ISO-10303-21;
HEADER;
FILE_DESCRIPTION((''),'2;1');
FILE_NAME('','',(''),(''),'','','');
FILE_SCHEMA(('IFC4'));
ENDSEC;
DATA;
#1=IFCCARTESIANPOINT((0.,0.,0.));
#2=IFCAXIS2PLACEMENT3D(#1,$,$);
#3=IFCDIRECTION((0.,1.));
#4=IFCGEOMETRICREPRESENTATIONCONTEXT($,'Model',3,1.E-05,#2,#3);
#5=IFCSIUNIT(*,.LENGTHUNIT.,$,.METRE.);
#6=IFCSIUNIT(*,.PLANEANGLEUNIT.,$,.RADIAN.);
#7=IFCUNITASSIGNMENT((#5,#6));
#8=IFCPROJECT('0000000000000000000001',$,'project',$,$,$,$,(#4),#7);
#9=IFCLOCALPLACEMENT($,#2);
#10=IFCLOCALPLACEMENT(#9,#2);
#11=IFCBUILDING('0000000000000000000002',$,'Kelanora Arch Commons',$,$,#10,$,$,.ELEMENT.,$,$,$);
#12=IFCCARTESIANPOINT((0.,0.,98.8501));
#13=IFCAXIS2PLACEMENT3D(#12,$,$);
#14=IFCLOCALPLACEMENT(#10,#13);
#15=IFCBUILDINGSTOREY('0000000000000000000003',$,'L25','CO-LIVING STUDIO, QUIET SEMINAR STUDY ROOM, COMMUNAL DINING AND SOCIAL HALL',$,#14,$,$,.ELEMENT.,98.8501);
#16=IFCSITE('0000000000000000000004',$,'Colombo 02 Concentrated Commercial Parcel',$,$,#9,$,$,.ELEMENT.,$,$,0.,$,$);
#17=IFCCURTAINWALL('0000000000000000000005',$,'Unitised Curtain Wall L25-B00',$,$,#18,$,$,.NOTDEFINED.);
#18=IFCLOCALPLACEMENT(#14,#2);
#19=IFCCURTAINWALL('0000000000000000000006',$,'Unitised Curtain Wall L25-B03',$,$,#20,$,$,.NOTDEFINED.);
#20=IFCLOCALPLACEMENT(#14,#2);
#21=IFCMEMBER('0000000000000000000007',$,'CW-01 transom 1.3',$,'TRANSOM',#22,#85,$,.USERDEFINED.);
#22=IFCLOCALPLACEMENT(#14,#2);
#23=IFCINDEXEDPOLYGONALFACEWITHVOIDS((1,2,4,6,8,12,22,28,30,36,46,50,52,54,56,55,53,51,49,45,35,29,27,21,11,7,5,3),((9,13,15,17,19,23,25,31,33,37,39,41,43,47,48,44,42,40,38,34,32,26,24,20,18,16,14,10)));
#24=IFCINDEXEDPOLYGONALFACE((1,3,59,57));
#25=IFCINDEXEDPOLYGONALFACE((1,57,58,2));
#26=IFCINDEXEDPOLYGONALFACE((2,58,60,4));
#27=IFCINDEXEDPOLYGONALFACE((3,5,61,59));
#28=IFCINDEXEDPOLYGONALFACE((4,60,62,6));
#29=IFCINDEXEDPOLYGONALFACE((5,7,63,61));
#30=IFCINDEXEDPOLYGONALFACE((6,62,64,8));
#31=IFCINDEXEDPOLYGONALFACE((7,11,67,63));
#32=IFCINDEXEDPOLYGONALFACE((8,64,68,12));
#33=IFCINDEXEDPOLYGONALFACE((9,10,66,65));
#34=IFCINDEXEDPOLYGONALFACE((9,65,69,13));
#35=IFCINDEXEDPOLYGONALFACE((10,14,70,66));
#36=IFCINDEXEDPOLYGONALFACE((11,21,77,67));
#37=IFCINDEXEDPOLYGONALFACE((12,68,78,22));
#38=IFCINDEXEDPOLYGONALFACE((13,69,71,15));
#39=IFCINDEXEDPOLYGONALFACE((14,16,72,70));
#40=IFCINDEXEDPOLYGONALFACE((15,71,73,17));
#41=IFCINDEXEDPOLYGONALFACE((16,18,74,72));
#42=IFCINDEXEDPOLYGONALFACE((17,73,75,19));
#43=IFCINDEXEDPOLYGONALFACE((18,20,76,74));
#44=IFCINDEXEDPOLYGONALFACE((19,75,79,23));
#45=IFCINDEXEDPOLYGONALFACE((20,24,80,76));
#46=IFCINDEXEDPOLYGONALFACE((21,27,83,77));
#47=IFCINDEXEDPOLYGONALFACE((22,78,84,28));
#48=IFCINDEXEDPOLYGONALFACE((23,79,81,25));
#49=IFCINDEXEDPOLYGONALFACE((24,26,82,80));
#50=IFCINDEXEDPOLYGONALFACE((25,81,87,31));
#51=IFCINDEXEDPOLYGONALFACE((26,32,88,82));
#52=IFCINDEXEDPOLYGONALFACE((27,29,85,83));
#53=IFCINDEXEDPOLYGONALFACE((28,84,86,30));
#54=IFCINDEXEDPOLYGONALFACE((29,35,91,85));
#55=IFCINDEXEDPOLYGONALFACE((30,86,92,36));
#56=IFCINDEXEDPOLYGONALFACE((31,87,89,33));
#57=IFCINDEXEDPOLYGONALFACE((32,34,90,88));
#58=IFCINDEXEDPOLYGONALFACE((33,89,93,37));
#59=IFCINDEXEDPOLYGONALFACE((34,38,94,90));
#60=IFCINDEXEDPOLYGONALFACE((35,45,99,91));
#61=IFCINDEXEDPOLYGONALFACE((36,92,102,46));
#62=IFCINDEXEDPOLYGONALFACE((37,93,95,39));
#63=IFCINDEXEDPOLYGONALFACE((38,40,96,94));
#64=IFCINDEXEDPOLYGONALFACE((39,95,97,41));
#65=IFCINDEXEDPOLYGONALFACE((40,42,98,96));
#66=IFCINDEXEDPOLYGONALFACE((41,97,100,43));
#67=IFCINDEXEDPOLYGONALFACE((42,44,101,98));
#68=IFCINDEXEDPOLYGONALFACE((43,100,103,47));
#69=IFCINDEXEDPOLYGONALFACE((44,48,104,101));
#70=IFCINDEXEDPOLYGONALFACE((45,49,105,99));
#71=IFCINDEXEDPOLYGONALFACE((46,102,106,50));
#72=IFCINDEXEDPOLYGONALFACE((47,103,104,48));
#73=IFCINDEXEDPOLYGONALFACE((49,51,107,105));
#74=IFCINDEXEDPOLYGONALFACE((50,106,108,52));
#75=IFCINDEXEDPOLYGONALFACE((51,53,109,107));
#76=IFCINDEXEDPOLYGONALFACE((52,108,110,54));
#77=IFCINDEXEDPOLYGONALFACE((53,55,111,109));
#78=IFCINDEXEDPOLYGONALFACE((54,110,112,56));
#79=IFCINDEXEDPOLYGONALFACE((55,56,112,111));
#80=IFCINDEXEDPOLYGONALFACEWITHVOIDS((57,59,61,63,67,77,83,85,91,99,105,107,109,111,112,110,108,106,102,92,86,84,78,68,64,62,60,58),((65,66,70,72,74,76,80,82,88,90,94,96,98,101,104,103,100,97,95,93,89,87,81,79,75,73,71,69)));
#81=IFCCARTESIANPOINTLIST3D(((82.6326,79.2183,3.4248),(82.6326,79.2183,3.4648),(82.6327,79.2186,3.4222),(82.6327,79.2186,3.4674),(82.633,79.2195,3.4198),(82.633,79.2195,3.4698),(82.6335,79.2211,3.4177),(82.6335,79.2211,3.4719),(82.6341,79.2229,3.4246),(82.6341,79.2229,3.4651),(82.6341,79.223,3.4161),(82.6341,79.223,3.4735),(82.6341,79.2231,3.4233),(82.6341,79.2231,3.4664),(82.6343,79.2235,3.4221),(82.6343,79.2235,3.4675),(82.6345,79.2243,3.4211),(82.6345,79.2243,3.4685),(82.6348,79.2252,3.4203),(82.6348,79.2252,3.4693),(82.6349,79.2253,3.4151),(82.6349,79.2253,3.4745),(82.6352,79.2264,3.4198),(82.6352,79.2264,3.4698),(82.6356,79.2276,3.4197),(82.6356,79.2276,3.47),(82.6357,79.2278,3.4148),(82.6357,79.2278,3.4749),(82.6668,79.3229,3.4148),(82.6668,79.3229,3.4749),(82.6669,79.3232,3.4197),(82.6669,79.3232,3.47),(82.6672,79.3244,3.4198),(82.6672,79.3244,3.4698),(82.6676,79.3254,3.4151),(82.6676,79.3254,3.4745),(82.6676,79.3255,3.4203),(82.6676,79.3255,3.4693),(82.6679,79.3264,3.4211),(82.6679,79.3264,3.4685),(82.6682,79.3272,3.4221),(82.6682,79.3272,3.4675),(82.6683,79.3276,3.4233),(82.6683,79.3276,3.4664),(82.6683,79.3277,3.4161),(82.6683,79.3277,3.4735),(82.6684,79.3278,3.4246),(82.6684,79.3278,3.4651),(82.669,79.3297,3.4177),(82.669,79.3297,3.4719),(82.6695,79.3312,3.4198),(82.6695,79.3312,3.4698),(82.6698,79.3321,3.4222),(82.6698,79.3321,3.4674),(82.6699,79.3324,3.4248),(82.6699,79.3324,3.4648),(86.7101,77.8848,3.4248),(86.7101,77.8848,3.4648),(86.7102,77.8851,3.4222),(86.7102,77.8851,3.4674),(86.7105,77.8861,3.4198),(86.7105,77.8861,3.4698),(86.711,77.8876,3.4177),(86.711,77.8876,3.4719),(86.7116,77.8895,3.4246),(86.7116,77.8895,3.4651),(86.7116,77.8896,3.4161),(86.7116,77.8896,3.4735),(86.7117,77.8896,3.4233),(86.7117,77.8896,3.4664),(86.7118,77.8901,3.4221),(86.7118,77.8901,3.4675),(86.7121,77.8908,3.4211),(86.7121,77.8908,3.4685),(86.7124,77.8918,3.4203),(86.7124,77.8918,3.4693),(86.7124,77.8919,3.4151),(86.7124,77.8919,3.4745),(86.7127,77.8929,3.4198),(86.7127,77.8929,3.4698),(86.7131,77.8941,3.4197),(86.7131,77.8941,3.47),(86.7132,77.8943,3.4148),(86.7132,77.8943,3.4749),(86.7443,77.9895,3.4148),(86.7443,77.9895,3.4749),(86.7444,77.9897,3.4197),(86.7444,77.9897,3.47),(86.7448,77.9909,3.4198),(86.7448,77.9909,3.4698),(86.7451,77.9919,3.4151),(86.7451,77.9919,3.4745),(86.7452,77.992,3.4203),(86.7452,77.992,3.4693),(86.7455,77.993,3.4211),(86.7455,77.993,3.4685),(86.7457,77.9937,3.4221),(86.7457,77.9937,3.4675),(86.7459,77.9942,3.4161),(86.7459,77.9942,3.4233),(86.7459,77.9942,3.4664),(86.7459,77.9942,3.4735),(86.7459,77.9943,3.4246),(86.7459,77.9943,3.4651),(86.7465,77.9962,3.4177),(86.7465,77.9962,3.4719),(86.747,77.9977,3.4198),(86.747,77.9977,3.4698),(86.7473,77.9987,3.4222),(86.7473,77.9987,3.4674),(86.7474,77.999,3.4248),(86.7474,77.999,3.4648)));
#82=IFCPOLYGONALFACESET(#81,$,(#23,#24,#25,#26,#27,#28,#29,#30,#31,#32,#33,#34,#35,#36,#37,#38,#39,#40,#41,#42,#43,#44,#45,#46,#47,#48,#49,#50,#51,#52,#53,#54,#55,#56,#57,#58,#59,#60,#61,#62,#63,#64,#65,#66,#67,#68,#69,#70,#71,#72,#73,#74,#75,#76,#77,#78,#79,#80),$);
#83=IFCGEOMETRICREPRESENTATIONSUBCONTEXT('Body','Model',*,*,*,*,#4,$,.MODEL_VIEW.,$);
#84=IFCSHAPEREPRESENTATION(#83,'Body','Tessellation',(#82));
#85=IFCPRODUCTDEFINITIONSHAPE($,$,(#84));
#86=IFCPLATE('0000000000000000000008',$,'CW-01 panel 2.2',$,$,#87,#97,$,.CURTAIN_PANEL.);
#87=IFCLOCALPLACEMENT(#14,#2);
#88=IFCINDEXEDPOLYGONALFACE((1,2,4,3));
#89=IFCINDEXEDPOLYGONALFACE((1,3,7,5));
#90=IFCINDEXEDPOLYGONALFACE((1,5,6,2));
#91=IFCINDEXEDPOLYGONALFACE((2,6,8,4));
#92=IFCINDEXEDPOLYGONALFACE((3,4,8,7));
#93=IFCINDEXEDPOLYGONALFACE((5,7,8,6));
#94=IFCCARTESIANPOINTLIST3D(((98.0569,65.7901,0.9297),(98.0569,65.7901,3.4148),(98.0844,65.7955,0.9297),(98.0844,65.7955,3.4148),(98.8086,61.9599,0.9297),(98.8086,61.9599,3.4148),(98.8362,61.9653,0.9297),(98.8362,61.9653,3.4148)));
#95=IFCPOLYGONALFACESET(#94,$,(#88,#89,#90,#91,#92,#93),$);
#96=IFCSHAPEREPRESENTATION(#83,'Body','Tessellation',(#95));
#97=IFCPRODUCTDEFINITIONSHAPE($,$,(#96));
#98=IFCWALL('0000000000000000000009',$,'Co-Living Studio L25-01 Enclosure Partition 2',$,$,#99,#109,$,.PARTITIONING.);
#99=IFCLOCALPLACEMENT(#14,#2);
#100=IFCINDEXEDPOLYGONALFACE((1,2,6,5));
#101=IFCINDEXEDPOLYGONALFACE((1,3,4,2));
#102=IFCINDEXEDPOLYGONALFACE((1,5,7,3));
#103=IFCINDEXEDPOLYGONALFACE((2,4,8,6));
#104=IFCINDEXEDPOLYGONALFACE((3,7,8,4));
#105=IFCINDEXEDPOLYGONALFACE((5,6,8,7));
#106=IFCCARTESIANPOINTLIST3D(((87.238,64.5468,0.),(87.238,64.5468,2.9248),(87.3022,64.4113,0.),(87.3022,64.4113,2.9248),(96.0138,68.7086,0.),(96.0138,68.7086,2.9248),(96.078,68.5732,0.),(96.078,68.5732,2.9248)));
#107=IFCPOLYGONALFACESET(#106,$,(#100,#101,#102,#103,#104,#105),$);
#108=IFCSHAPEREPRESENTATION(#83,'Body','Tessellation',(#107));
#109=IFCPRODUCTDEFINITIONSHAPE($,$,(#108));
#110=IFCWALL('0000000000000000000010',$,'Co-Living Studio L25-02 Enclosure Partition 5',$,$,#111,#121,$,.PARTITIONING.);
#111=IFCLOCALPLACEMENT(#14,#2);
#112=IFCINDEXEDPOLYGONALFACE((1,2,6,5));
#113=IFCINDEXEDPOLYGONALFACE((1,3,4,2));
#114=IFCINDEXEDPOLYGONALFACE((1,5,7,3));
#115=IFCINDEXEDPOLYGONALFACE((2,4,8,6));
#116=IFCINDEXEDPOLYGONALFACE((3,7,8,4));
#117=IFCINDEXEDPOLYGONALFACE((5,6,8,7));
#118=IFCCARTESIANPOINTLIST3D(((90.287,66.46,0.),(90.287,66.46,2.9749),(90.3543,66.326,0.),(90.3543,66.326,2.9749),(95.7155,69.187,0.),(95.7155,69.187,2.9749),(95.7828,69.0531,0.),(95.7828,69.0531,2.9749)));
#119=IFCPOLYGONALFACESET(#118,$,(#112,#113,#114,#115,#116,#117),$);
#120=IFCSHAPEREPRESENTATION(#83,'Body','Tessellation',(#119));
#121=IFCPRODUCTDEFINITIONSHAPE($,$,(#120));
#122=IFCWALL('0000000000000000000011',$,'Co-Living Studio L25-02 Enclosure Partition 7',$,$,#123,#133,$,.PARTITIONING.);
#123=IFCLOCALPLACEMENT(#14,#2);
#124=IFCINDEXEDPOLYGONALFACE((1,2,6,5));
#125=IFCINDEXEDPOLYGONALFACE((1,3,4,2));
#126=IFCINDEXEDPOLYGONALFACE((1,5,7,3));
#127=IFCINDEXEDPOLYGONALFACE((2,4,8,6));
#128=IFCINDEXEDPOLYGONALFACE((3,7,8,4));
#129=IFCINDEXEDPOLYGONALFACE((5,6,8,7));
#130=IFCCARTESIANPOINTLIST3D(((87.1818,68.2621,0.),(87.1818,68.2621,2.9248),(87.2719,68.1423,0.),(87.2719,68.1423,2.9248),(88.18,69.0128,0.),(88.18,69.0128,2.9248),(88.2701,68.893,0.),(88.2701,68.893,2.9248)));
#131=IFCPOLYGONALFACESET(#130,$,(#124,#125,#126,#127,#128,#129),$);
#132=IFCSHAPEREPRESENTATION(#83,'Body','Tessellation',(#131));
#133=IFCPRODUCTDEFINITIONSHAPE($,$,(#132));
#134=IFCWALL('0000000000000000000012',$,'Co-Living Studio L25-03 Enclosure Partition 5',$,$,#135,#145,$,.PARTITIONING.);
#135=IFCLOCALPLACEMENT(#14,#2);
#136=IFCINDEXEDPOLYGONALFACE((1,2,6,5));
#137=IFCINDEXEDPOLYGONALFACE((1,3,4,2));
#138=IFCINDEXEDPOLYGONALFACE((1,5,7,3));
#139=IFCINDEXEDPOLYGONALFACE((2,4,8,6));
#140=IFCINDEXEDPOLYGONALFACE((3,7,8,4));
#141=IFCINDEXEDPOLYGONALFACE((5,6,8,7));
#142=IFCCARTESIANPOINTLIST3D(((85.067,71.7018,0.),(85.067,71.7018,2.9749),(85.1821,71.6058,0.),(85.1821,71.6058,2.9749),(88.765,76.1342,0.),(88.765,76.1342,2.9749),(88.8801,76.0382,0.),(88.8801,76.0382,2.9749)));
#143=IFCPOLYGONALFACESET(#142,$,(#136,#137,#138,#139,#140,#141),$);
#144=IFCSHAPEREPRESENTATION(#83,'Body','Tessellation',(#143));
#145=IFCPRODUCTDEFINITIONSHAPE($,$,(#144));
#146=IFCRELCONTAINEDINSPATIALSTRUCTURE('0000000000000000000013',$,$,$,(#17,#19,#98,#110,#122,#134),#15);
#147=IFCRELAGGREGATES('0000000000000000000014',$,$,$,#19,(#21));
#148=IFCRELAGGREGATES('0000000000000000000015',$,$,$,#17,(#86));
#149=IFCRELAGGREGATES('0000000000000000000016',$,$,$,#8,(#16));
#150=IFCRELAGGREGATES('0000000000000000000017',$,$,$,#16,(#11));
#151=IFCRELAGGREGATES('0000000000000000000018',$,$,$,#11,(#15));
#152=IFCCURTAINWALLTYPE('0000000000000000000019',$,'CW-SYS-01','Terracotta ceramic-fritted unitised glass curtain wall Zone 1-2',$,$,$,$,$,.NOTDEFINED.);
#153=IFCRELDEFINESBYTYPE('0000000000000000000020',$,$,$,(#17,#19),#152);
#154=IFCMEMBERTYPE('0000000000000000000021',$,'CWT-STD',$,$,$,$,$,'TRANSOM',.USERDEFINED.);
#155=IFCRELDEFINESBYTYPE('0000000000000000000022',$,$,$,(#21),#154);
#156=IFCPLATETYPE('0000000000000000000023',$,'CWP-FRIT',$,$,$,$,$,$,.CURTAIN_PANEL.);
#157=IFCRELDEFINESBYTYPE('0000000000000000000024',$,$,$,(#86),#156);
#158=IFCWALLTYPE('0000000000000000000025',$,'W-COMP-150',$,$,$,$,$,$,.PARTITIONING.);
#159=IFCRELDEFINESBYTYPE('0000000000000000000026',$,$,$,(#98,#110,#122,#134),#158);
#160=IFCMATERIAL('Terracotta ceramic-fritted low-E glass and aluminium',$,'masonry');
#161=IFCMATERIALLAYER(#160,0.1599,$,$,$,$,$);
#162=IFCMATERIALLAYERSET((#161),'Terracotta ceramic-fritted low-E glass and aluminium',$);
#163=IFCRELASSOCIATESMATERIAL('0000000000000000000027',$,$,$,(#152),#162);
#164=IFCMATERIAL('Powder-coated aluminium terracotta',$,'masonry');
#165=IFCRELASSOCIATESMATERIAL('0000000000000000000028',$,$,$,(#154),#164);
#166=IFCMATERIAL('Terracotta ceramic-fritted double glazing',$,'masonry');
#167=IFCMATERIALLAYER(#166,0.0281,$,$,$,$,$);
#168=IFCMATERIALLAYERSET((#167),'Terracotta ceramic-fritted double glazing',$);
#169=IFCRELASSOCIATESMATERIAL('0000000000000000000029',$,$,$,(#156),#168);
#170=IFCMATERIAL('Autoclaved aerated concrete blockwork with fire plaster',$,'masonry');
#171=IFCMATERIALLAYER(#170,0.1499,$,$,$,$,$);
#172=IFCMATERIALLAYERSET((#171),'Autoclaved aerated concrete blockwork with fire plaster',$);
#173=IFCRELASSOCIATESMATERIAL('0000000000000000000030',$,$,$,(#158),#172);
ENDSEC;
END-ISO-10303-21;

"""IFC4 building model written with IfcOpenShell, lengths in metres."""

from ifc_helpers import new_model, si_unit, direction, frame, frame_2d, origin, origin_2d, place, context, subcontext, project, spatial, rectangle, hollow_rectangle, extrude, source, transform, mapped, material, layer, layer_set, material_profile, profile_set, type_object, element, aggregate, save


model = new_model("IFC4")

# Units and contexts
model_context = context("Model", 3, precision=1e-05, world=origin(), true_north=direction((0.0, 1.0)))
body_context = subcontext(model_context, "Body", "Model", "MODEL_VIEW")
ifc_project = project(units=[si_unit("LENGTHUNIT", "METRE"), si_unit("PLANEANGLEUNIT", "RADIAN")], contexts=[model_context])

# Site, building, storey
site_placement = place(None, origin())
site = spatial("IfcSite", under=ifc_project, at=site_placement, Name="Colombo 02 Concentrated Commercial Parcel", CompositionType="ELEMENT", RefElevation=0.0)
building_placement = place(site_placement, origin())
building = spatial("IfcBuilding", under=site, at=building_placement, Name="Kelanora Arch Commons", CompositionType="ELEMENT")
storey_placement = place(building_placement, frame((0.0, 0.0, 98.8501)))
storey = spatial("IfcBuildingStorey", under=building, at=storey_placement, Name="L25", Description="CO-LIVING STUDIO, QUIET SEMINAR STUDY ROOM, COMMUNAL DINING AND SOCIAL HALL", CompositionType="ELEMENT", Elevation=98.8501)

# Curtain wall
ifc_material_1 = material(Name="Terracotta ceramic-fritted low-E glass and aluminium", Category="masonry")
ifc_layer_1 = layer(ifc_material_1, 0.1599)
ifc_layer_set_1 = layer_set([ifc_layer_1], Name="Terracotta ceramic-fritted low-E glass and aluminium")
curtain_wall_type = type_object("IfcCurtainWallType", Name="CW-SYS-01", Description="Terracotta ceramic-fritted unitised glass curtain wall Zone 1-2", PredefinedType="NOTDEFINED", material=ifc_layer_set_1)
curtain_wall_1_placement = place(storey_placement, origin())
curtain_wall_1 = element("IfcCurtainWall", 1, at=curtain_wall_1_placement, inside=storey, type_object=curtain_wall_type, Name="Unitised Curtain Wall L25-B00", PredefinedType="NOTDEFINED")
ifc_material_2 = material(Name="Powder-coated aluminium terracotta", Category="masonry")

# Curtain wall, member
curtain_wall_2_placement = place(storey_placement, origin())
curtain_wall_2 = element("IfcCurtainWall", 2, at=curtain_wall_2_placement, inside=storey, type_object=curtain_wall_type, Name="Unitised Curtain Wall L25-B03", PredefinedType="NOTDEFINED")
ifc_material_profile_1 = material_profile(ifc_material_2, hollow_rectangle(XDim=0.1201, YDim=0.0601, WallThickness=0.0049, InnerFilletRadius=0.0049, OuterFilletRadius=0.01, at=origin_2d()), Name="CWT120x60")
ifc_profile_set_1 = profile_set([ifc_material_profile_1], Name="Powder-coated aluminium terracotta")
member_type_1 = type_object("IfcMemberType", Name="CWT-STD", ElementType="TRANSOM", PredefinedType="USERDEFINED", material=ifc_profile_set_1)
member_1_placement = place(storey_placement, frame((86.7288, 77.9419, 3.4448), z_axis=(-0.950466, 0.310828, 0.0), x_axis=(-0.310828, -0.950466, 0.0)))
member_1 = element("IfcMember", 3, at=member_1_placement, type_object=member_type_1, Name="CW-01 transom 1.3", ObjectType="TRANSOM", PredefinedType="USERDEFINED", context=body_context, shape_type="SweptSolid", body=[
    extrude(hollow_rectangle(XDim=0.1201, YDim=0.0601, WallThickness=0.0049, InnerFilletRadius=0.0049, OuterFilletRadius=0.01, at=origin_2d()), origin(), (0.0, 0.0, 1.0), 4.29),
])
aggregate(curtain_wall_2, [member_1])

# Plate
ifc_material_3 = material(Name="Terracotta ceramic-fritted double glazing", Category="masonry")
ifc_layer_2 = layer(ifc_material_3, 0.0281)
ifc_layer_set_2 = layer_set([ifc_layer_2], Name="Terracotta ceramic-fritted double glazing")
plate_type = type_object("IfcPlateType", Name="CWP-FRIT", PredefinedType="CURTAIN_PANEL", material=ifc_layer_set_2)
shared_shape_1 = source(origin(), body_context, "Body", "SweptSolid", [
    extrude(rectangle(XDim=3.9033, YDim=0.0281, at=origin_2d()), origin(), (0.0, 0.0, 1.0), 2.4851),
])
plate_placement = place(storey_placement, frame((98.4465, 63.8777, 0.9297), z_axis=(0.0, 0.0, 1.0), x_axis=(-0.192585, 0.98128, 0.0)))
plate = element("IfcPlate", 4, at=plate_placement, type_object=plate_type, Name="CW-01 panel 2.2", PredefinedType="CURTAIN_PANEL", context=body_context, shape_type="MappedRepresentation", body=[
    mapped(shared_shape_1, transform((0.0, 0.0, 0.0), scale=1.0)),
])
aggregate(curtain_wall_1, [plate])

# Walls
ifc_material_4 = material(Name="Autoclaved aerated concrete blockwork with fire plaster", Category="masonry")
ifc_layer_3 = layer(ifc_material_4, 0.1499)
ifc_layer_set_3 = layer_set([ifc_layer_3], Name="Autoclaved aerated concrete blockwork with fire plaster")
wall_type_1 = type_object("IfcWallType", Name="W-COMP-150", PredefinedType="PARTITIONING", material=ifc_layer_set_3)
wall_1_placement = place(storey_placement, frame((87.27, 64.479, 0.0), z_axis=(0.0, 0.0, 1.0), x_axis=(0.903544, 0.428496, 0.0)))
element("IfcWall", 5, at=wall_1_placement, inside=storey, type_object=wall_type_1, Name="Co-Living Studio L25-01 Enclosure Partition 2", PredefinedType="PARTITIONING", context=body_context, shape_type="SweptSolid", body=[
    extrude(rectangle(XDim=9.7126, YDim=0.1499, at=frame_2d((4.8564, 0.0))), origin(), (0.0, 0.0, 1.0), 2.9248),
])
wall_2_placement = place(storey_placement, frame((95.7493, 69.1201, 0.0), z_axis=(0.0, 0.0, 1.0), x_axis=(-0.893582, -0.448901, 0.0)))
element("IfcWall", 6, at=wall_2_placement, inside=storey, type_object=wall_type_1, Name="Co-Living Studio L25-02 Enclosure Partition 5", PredefinedType="PARTITIONING", context=body_context, shape_type="SweptSolid", body=[
    extrude(rectangle(XDim=6.075, YDim=0.1499, at=frame_2d((3.0376, 0.0))), origin(), (0.0, 0.0, 1.0), 2.9749),
])
wall_3_placement = place(storey_placement, frame((88.2251, 68.9529, 0.0), z_axis=(0.0, 0.0, 1.0), x_axis=(-0.799225, -0.601032, 0.0)))
element("IfcWall", 7, at=wall_3_placement, inside=storey, type_object=wall_type_1, Name="Co-Living Studio L25-02 Enclosure Partition 7", PredefinedType="PARTITIONING", context=body_context, shape_type="SweptSolid", body=[
    extrude(rectangle(XDim=1.249, YDim=0.1499, at=frame_2d((0.6245, 0.0))), origin(), (0.0, 0.0, 1.0), 2.9248),
])
wall_4_placement = place(storey_placement, frame((88.8225, 76.0862, 0.0), z_axis=(0.0, 0.0, 1.0), x_axis=(-0.640629, -0.76785, 0.0)))
element("IfcWall", 8, at=wall_4_placement, inside=storey, type_object=wall_type_1, Name="Co-Living Studio L25-03 Enclosure Partition 5", PredefinedType="PARTITIONING", context=body_context, shape_type="SweptSolid", body=[
    extrude(rectangle(XDim=5.7725, YDim=0.1499, at=frame_2d((2.8862, 0.0))), origin(), (0.0, 0.0, 1.0), 2.9749),
])

save(model, "model.ifc")
